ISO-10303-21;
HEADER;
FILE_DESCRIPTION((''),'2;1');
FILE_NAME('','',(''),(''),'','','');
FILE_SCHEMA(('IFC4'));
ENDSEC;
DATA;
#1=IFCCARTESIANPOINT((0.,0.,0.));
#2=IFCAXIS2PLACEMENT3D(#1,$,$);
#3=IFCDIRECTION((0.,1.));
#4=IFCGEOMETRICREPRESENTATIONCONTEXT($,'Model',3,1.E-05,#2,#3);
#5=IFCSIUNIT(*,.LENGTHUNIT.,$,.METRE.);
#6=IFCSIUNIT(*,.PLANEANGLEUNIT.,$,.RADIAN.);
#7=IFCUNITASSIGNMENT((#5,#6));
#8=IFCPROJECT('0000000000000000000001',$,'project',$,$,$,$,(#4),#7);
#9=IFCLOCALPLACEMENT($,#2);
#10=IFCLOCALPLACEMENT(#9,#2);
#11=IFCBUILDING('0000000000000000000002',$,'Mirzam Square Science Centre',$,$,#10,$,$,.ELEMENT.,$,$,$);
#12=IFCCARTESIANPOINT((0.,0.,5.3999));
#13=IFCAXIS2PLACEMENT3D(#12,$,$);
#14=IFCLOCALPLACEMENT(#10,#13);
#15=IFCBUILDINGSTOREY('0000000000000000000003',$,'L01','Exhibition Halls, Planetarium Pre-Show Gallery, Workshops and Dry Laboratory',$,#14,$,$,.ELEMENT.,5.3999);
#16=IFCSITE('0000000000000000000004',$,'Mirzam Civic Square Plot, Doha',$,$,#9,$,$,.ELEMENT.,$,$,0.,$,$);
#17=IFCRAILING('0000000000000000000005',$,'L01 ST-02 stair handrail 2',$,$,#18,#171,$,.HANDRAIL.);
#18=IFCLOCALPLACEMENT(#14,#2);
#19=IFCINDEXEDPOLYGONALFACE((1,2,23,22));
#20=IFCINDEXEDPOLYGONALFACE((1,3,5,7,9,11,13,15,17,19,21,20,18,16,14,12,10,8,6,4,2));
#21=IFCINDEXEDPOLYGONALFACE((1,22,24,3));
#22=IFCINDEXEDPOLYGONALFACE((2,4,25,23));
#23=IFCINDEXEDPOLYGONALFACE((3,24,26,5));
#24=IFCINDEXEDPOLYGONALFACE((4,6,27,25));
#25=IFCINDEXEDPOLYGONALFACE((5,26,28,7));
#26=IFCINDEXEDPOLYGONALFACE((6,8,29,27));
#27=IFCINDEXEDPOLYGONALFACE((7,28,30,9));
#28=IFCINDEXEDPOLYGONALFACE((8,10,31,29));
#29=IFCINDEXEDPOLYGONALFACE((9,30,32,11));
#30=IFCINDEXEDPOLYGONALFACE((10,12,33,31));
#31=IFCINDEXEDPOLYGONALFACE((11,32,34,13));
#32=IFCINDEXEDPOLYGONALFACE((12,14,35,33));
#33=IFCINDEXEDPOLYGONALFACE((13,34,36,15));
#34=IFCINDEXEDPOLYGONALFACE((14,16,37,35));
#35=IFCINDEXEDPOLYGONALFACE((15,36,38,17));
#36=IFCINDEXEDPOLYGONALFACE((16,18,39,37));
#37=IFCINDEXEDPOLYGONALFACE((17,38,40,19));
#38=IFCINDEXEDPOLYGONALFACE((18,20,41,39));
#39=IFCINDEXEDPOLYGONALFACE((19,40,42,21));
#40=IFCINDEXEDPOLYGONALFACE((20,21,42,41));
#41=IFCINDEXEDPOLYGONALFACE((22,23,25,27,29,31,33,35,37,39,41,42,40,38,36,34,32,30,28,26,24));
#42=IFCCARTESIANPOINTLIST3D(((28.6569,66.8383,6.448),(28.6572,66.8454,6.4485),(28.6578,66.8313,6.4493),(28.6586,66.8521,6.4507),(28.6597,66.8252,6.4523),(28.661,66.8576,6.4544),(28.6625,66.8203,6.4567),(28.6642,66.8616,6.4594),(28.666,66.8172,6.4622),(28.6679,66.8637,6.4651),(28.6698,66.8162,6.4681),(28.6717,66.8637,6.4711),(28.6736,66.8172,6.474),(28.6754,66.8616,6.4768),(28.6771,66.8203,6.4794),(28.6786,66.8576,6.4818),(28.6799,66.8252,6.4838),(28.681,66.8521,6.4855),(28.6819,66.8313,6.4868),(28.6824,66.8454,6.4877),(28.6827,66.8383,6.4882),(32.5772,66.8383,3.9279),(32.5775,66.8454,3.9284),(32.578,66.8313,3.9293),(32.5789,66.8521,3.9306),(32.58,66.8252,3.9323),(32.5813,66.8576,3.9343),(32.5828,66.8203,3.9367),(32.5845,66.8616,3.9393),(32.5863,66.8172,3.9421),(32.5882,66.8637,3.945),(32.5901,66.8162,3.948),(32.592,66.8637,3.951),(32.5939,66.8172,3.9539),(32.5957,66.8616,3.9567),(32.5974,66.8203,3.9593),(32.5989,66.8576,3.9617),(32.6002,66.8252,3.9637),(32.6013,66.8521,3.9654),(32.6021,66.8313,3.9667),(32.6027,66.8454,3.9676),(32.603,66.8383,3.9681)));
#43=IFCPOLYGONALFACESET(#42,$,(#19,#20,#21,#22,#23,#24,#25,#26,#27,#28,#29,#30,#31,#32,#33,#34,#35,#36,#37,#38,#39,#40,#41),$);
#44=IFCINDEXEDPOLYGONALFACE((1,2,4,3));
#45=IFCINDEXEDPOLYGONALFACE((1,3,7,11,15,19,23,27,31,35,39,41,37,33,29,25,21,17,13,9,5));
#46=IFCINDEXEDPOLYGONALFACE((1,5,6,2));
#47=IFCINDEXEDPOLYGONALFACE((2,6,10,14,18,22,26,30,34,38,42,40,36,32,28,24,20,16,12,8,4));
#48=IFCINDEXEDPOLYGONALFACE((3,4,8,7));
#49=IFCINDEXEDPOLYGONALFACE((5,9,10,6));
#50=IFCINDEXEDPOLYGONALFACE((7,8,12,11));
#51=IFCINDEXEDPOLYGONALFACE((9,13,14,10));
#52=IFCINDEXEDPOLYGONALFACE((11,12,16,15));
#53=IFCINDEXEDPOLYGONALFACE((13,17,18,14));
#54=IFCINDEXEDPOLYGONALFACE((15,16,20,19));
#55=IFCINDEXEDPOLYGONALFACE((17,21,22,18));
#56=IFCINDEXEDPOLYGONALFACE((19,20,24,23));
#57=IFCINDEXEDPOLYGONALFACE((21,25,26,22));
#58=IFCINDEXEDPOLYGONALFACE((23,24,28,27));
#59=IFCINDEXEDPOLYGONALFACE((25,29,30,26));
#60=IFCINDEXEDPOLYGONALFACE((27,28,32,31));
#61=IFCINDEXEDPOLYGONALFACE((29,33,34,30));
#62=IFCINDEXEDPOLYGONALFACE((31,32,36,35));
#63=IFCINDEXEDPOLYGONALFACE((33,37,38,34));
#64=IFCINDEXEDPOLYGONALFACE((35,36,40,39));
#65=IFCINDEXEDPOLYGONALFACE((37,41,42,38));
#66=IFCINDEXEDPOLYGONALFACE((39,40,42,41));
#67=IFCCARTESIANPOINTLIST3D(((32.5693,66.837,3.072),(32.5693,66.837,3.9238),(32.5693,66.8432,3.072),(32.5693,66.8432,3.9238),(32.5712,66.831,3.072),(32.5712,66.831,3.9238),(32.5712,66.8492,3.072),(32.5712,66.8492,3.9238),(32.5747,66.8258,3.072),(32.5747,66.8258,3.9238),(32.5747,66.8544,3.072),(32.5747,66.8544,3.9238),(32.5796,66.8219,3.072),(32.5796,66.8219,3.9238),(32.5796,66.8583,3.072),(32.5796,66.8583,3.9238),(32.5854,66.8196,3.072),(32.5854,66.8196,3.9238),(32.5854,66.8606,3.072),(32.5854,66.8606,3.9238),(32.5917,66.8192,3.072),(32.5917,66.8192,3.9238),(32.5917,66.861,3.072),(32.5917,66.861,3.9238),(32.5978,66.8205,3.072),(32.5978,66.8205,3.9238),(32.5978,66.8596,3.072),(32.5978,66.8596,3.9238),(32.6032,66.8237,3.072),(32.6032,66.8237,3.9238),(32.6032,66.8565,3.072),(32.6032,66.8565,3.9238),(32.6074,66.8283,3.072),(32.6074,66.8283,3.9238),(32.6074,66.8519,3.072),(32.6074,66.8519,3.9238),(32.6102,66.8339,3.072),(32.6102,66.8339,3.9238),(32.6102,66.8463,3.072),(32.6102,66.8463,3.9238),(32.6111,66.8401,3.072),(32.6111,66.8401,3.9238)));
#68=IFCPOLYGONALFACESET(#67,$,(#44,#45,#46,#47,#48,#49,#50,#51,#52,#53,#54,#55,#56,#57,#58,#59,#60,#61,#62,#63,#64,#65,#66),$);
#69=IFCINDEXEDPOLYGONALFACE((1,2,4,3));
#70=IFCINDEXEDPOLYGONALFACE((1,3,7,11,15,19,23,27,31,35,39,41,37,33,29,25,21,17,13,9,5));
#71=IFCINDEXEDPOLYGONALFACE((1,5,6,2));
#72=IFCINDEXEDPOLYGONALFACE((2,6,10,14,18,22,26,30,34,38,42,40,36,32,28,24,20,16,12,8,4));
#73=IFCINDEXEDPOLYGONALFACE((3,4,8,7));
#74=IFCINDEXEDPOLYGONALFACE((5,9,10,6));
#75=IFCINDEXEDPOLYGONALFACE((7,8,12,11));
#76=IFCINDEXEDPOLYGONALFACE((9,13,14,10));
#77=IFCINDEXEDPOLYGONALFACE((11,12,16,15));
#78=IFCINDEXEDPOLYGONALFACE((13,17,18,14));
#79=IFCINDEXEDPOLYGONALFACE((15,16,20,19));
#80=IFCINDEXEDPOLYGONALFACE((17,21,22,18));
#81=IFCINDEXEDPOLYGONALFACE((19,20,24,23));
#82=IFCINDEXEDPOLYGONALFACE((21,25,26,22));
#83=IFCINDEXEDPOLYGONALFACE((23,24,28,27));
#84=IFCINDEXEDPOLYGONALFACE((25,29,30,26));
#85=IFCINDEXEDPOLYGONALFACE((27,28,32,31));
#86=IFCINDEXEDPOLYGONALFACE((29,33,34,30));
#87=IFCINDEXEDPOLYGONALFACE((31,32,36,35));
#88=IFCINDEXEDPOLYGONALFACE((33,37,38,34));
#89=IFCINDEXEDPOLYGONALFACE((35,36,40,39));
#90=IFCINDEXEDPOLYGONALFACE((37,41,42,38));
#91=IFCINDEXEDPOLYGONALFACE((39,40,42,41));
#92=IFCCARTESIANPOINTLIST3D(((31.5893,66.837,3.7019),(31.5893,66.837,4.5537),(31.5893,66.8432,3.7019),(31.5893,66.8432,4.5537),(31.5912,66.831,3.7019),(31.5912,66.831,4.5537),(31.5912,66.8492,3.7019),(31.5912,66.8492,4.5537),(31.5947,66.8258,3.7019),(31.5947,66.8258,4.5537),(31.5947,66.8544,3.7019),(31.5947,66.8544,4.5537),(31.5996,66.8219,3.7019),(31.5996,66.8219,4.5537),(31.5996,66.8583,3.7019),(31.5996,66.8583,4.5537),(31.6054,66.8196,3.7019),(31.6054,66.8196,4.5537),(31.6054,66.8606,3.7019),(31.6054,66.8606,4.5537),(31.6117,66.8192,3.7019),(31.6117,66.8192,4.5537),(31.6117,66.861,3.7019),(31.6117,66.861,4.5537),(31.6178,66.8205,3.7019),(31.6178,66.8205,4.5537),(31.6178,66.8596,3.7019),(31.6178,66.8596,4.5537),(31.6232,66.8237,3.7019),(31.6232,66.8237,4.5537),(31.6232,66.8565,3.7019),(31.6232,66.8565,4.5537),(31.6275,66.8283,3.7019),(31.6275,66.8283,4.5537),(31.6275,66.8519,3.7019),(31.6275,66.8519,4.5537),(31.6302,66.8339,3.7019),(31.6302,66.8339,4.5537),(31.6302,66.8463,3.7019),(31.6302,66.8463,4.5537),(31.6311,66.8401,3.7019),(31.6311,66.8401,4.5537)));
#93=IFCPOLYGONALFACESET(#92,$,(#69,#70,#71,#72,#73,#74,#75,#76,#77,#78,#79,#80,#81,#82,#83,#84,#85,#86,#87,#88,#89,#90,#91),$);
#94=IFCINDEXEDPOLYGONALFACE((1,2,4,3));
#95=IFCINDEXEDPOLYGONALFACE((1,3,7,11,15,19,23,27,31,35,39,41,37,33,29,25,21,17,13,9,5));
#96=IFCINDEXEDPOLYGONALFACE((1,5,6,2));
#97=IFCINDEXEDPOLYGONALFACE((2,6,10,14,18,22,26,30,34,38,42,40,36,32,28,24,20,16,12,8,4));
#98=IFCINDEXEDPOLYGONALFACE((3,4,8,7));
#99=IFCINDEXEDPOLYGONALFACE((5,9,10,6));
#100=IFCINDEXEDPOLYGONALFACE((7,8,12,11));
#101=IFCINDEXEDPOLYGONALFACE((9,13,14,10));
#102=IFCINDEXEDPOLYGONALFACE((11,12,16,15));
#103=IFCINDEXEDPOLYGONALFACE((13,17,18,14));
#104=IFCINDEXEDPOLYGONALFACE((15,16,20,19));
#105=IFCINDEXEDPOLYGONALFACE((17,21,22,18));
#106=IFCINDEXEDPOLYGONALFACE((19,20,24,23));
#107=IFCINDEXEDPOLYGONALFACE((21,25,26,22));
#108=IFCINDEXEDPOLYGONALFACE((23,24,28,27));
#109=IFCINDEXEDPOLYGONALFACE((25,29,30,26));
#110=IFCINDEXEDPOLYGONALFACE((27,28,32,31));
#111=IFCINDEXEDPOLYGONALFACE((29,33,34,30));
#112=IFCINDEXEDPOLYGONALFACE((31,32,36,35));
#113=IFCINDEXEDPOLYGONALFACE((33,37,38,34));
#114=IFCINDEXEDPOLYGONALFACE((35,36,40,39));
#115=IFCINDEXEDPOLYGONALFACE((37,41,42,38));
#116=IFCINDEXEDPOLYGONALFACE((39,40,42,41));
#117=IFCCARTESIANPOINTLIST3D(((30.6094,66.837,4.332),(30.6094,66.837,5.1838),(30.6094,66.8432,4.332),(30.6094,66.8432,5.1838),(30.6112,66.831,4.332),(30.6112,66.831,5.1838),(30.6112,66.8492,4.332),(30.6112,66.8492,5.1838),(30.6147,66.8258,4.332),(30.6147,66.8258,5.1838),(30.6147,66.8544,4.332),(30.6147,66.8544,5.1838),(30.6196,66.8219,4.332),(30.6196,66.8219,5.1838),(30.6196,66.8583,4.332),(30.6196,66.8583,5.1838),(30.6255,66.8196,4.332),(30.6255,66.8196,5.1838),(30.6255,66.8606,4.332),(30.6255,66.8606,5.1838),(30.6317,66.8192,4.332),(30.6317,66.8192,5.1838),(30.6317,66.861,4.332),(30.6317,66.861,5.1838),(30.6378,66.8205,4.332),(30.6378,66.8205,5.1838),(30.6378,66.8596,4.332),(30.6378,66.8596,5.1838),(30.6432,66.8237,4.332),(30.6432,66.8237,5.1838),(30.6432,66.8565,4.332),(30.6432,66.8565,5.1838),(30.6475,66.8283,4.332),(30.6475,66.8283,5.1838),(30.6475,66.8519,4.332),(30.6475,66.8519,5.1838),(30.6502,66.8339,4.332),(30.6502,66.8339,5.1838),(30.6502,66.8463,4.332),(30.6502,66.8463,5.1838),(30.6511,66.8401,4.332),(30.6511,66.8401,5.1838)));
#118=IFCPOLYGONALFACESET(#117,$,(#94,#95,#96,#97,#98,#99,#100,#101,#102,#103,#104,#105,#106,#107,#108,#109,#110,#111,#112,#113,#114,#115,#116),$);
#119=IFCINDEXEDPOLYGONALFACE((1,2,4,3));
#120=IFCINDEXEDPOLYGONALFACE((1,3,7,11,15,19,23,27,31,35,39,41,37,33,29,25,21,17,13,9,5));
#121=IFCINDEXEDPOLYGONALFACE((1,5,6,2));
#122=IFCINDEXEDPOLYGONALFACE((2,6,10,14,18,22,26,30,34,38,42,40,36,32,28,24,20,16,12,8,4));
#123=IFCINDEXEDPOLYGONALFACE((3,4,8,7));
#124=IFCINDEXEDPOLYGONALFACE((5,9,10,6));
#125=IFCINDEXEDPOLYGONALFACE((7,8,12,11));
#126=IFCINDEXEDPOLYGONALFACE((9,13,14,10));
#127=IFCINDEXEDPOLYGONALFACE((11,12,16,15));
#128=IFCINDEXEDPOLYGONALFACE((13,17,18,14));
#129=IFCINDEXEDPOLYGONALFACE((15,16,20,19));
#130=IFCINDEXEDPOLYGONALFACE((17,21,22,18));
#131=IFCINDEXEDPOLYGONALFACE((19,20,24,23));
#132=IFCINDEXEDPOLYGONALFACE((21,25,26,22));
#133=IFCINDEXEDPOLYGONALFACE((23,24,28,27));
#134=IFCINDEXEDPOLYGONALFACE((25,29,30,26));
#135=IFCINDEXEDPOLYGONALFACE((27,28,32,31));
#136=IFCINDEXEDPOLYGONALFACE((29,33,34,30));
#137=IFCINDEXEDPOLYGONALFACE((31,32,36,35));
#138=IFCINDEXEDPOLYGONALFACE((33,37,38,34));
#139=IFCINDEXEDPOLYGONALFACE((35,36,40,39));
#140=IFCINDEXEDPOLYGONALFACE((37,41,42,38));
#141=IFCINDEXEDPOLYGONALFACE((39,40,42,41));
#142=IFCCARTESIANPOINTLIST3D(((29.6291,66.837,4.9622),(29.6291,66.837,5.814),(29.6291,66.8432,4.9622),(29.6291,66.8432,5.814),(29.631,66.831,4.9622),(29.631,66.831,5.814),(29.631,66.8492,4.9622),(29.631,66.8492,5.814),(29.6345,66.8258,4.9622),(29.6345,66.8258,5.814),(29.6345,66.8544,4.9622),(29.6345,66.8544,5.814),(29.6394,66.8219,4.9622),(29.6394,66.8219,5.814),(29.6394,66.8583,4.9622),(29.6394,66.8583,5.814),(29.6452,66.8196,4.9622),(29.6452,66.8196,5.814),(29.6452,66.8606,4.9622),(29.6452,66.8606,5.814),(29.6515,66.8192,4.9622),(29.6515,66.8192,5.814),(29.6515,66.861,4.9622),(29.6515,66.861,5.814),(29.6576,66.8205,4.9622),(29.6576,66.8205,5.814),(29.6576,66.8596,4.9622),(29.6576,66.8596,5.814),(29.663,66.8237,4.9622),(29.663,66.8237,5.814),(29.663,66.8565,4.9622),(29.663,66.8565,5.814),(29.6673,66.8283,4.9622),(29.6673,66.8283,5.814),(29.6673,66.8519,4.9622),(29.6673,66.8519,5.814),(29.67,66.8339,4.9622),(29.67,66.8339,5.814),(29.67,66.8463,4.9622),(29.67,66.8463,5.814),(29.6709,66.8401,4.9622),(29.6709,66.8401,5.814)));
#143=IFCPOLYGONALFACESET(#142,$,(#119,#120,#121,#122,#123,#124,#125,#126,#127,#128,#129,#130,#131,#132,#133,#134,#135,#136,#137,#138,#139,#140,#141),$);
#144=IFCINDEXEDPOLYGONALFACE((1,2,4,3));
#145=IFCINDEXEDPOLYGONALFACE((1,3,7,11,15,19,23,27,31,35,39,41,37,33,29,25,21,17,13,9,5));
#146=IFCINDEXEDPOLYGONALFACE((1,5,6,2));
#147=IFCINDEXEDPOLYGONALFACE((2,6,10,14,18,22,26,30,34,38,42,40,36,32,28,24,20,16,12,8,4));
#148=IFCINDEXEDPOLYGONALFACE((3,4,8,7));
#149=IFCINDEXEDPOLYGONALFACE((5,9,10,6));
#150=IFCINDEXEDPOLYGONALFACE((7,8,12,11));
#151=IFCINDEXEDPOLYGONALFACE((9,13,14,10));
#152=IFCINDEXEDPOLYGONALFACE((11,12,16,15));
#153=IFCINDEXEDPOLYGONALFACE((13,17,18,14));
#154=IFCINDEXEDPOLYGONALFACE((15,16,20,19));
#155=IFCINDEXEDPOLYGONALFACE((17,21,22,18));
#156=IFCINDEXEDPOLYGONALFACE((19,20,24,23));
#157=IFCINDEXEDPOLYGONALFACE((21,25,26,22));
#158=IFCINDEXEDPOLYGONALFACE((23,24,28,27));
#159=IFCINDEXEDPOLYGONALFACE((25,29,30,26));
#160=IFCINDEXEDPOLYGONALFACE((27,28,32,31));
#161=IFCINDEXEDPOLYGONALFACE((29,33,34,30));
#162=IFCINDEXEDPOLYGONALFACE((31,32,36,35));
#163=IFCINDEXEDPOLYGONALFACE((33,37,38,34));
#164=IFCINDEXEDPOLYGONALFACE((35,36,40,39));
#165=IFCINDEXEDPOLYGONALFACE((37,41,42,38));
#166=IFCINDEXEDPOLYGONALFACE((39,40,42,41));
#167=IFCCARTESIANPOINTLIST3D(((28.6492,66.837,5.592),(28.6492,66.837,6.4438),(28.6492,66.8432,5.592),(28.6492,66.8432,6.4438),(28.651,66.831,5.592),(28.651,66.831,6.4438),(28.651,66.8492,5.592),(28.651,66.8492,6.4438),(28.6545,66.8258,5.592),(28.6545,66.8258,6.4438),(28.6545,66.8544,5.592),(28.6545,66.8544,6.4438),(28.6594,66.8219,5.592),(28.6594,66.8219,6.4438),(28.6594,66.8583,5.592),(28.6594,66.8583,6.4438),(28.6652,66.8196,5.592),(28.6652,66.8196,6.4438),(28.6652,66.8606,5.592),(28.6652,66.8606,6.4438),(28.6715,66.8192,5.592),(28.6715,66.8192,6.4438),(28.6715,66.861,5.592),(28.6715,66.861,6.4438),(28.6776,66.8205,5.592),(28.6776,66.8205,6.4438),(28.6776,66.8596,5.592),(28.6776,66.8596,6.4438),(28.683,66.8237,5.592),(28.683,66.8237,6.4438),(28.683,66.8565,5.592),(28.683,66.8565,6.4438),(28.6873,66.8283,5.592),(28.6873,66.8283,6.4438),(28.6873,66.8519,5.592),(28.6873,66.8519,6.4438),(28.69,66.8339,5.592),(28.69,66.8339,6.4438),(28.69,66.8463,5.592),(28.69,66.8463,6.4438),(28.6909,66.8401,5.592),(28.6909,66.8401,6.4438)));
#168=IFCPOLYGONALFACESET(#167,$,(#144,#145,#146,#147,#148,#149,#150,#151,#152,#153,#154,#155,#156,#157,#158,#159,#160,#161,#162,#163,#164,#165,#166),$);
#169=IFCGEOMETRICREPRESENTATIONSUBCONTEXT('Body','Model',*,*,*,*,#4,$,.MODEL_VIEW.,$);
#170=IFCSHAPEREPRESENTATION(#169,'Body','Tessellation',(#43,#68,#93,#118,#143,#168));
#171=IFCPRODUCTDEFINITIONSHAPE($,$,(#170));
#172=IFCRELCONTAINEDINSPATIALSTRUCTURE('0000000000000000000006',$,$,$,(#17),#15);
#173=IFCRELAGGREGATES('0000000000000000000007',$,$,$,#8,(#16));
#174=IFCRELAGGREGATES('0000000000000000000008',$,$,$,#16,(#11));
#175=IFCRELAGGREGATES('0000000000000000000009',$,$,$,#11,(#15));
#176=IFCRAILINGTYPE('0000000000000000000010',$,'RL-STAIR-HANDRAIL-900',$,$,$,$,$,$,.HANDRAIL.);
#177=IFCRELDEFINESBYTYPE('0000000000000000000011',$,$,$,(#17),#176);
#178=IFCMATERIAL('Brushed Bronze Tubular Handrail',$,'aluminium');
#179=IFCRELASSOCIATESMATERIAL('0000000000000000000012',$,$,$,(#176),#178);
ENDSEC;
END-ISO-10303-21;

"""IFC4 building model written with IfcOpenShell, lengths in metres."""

from ifc_helpers import new_model, si_unit, direction, frame, origin, origin_2d, place, context, subcontext, project, spatial, circle, extrude, material, type_object, element, save


model = new_model("IFC4")

# Units and contexts
model_context = context("Model", 3, precision=1e-05, world=origin(), true_north=direction((0.0, 1.0)))
body_context = subcontext(model_context, "Body", "Model", "MODEL_VIEW")
ifc_project = project(units=[si_unit("LENGTHUNIT", "METRE"), si_unit("PLANEANGLEUNIT", "RADIAN")], contexts=[model_context])

# Site, building, storey
site_placement = place(None, origin())
site = spatial("IfcSite", under=ifc_project, at=site_placement, Name="Mirzam Civic Square Plot, Doha", CompositionType="ELEMENT", RefElevation=0.0)
building_placement = place(site_placement, origin())
building = spatial("IfcBuilding", under=site, at=building_placement, Name="Mirzam Square Science Centre", CompositionType="ELEMENT")
storey_placement = place(building_placement, frame((0.0, 0.0, 5.3999)))
storey = spatial("IfcBuildingStorey", under=building, at=storey_placement, Name="L01", Description="Exhibition Halls, Planetarium Pre-Show Gallery, Workshops and Dry Laboratory", CompositionType="ELEMENT", Elevation=5.3999)

# Railing
ifc_material_1 = material(Name="Brushed Bronze Tubular Handrail", Category="aluminium")
railing_type_1 = type_object("IfcRailingType", Name="RL-STAIR-HANDRAIL-900", PredefinedType="HANDRAIL", material=ifc_material_1)
railing_1_placement = place(storey_placement, frame((32.5901, 66.8401, 3.072)))
element("IfcRailing", 1, at=railing_1_placement, inside=storey, type_object=railing_type_1, Name="L01 ST-02 stair handrail 2", PredefinedType="HANDRAIL", context=body_context, shape_type="SweptSolid", body=[
    extrude(circle(Radius=0.0239, at=origin_2d()), frame((0.0, 0.0, 0.876), z_axis=(-0.841187, 0.0, 0.540744), x_axis=(0.0, -1.0, 0.0)), (0.0, 0.0, 1.0), 4.6604),
    extrude(circle(Radius=0.021, at=origin_2d()), origin(), (0.0, 0.0, 1.0), 0.8518),
    extrude(circle(Radius=0.021, at=origin_2d()), frame((-0.98, 0.0, 0.6299)), (0.0, 0.0, 1.0), 0.8518),
    extrude(circle(Radius=0.021, at=origin_2d()), frame((-1.96, 0.0, 1.26)), (0.0, 0.0, 1.0), 0.8518),
    extrude(circle(Radius=0.021, at=origin_2d()), frame((-2.9402, 0.0, 1.8901)), (0.0, 0.0, 1.0), 0.8518),
    extrude(circle(Radius=0.021, at=origin_2d()), frame((-3.9202, 0.0, 2.52)), (0.0, 0.0, 1.0), 0.8518),
])

save(model, "model.ifc")
